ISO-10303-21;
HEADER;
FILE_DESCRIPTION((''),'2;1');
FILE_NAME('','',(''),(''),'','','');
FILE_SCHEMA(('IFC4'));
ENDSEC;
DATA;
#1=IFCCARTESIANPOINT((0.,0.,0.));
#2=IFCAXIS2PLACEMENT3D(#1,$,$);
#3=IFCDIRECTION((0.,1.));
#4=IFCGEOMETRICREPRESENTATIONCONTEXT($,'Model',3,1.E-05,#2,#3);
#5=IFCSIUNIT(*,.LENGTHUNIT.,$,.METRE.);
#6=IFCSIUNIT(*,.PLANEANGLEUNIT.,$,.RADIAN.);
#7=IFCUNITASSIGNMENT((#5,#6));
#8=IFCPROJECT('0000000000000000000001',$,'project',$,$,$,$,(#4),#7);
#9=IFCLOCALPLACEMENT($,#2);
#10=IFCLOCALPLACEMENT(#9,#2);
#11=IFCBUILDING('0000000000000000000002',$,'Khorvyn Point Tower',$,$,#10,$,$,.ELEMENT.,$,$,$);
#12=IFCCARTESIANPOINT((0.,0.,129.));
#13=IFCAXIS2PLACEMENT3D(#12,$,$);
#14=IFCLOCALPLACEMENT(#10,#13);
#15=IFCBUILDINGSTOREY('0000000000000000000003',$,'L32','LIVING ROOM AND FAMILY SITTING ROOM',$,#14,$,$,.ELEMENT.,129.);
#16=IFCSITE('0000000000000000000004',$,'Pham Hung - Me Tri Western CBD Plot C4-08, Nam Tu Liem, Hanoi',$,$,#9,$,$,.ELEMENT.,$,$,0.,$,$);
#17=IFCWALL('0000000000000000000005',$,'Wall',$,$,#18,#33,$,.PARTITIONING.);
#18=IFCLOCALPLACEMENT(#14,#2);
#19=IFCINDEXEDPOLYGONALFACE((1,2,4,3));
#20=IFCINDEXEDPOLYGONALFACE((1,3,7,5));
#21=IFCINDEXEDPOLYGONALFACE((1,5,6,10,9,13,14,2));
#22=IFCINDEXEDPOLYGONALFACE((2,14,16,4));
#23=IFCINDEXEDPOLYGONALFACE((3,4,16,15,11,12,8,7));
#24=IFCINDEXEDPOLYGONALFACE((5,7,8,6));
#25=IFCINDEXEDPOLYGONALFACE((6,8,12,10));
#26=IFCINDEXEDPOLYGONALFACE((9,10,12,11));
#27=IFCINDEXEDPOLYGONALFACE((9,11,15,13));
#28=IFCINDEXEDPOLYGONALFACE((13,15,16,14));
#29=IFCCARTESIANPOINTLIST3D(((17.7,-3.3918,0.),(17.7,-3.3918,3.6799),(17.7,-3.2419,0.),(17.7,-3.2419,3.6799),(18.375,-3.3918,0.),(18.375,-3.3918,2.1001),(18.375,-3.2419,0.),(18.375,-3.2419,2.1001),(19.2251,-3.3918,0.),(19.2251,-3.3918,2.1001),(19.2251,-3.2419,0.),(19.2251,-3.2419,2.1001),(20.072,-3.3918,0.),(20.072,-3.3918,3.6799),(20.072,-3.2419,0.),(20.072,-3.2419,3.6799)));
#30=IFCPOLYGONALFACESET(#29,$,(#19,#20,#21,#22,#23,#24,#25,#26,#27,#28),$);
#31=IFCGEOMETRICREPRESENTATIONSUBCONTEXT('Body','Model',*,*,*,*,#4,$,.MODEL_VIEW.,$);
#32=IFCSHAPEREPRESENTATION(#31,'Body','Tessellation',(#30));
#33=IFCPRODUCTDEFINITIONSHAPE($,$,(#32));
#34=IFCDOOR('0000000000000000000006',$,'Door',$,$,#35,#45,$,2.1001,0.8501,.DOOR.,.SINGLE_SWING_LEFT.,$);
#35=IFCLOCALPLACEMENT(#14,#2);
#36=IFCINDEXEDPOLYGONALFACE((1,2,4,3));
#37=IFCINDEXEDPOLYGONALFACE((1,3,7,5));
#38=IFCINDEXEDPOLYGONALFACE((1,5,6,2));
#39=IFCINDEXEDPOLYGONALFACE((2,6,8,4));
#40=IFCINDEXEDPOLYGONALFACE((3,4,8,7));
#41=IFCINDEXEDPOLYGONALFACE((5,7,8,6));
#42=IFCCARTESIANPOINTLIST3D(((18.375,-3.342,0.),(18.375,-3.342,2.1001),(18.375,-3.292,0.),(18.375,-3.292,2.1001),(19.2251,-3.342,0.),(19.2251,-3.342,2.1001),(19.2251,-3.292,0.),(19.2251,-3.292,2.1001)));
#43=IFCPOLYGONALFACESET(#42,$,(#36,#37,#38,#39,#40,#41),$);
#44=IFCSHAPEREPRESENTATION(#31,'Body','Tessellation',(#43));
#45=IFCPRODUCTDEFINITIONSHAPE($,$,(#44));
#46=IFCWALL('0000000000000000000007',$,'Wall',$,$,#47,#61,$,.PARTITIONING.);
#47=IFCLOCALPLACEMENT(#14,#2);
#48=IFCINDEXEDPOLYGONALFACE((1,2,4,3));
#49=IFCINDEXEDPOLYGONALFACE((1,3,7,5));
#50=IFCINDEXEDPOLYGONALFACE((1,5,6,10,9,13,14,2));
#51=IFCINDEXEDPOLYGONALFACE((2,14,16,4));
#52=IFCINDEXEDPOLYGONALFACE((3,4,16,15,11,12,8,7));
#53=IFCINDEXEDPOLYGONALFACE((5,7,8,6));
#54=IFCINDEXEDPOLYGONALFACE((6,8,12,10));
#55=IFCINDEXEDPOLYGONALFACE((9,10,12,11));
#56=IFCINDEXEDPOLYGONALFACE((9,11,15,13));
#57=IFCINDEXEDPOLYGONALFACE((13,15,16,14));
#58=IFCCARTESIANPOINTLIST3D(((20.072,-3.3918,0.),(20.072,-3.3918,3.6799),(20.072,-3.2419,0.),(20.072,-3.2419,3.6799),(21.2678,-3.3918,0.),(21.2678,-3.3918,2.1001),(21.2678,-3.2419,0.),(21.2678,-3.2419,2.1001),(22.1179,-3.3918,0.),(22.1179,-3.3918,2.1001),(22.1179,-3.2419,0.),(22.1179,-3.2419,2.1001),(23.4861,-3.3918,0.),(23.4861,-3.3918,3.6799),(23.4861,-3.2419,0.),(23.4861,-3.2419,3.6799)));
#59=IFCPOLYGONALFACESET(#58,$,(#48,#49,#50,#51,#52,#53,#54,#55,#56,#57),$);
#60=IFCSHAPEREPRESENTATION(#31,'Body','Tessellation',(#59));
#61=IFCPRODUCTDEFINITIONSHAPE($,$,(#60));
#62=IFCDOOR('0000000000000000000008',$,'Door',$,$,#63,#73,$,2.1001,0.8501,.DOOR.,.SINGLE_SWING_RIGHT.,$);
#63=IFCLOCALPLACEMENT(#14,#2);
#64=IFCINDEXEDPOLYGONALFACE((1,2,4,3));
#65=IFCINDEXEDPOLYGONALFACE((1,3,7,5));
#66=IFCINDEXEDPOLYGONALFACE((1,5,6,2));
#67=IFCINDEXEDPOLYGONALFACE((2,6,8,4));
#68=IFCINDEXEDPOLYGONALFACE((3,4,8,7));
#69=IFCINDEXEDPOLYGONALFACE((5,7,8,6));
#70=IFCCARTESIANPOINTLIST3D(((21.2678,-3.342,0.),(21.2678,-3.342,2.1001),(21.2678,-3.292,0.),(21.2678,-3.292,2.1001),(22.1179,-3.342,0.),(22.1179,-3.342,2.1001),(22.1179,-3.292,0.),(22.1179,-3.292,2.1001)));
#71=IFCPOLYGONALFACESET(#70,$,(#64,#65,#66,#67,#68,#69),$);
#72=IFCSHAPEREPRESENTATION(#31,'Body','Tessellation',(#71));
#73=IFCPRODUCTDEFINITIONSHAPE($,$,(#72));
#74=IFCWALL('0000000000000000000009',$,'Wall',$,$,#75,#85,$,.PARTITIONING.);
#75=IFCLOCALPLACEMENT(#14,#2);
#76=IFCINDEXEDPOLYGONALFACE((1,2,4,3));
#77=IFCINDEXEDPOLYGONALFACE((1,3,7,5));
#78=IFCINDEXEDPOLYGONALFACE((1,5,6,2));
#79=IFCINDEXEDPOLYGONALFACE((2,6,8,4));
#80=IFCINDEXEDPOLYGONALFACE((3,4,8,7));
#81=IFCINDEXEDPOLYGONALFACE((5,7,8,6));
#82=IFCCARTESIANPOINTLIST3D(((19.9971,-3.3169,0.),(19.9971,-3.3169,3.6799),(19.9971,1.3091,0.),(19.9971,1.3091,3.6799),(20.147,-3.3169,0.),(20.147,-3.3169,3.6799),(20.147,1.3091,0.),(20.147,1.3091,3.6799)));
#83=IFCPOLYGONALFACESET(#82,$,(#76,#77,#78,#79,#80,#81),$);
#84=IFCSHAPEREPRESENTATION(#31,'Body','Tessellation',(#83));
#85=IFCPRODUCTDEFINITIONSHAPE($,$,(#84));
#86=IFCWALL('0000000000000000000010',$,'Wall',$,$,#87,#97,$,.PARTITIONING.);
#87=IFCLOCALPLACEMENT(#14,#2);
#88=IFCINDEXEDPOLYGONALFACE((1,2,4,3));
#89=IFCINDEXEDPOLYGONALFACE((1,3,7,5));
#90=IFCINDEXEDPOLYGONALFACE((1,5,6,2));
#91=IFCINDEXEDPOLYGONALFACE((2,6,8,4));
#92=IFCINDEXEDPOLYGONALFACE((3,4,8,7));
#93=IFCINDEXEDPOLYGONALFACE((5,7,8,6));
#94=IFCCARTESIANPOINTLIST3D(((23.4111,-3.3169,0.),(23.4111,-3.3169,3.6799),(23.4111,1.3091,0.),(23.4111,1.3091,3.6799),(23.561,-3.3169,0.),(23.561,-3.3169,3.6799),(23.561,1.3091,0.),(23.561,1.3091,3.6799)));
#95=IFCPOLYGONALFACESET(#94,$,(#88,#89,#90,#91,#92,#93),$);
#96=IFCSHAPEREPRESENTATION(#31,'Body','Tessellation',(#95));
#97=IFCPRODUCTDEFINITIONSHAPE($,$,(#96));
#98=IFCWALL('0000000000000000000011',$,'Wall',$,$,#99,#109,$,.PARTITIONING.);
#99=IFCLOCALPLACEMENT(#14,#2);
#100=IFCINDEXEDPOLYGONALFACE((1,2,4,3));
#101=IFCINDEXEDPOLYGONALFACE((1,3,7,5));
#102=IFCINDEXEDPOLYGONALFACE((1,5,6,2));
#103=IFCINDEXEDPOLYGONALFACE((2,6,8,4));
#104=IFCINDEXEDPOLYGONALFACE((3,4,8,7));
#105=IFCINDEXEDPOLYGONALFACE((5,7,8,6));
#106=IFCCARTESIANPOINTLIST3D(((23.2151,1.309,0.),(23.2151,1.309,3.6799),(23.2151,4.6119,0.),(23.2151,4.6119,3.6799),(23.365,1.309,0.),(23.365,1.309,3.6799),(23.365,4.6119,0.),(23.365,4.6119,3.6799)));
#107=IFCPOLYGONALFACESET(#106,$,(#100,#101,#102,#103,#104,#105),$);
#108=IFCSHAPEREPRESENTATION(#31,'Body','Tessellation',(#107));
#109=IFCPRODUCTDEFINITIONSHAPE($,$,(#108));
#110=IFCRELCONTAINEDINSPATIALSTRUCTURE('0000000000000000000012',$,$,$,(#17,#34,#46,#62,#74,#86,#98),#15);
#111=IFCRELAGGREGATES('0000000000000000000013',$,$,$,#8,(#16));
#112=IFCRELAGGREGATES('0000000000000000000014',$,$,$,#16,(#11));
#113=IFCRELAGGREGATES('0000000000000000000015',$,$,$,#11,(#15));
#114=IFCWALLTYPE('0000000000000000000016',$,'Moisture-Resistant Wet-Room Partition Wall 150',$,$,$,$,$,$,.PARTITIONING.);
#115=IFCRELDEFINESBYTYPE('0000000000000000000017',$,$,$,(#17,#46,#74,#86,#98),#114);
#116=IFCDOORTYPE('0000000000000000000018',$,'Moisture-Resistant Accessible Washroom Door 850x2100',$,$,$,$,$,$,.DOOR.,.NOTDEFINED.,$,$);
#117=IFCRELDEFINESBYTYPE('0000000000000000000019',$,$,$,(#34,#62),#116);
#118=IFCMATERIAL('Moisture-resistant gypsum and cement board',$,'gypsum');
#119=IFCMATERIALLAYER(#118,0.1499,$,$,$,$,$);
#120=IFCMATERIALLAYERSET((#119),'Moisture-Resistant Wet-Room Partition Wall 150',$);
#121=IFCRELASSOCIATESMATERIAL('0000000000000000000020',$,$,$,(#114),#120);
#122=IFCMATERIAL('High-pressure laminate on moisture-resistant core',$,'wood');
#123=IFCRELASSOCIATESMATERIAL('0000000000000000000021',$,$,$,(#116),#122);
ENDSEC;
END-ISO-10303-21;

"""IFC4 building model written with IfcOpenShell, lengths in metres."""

from ifc_helpers import new_model, si_unit, direction, frame, frame_2d, origin, place, context, subcontext, project, spatial, rectangle, extrude, material, layer, layer_set, type_object, element, fill, save


model = new_model("IFC4")

# Units and contexts
model_context = context("Model", 3, precision=1e-05, world=origin(), true_north=direction((0.0, 1.0)))
body_context = subcontext(model_context, "Body", "Model", "MODEL_VIEW")
ifc_project = project(units=[si_unit("LENGTHUNIT", "METRE"), si_unit("PLANEANGLEUNIT", "RADIAN")], contexts=[model_context])

# Site, building, storey
site_placement = place(None, origin())
site = spatial("IfcSite", under=ifc_project, at=site_placement, Name="Pham Hung - Me Tri Western CBD Plot C4-08, Nam Tu Liem, Hanoi", CompositionType="ELEMENT", RefElevation=0.0)
building_placement = place(site_placement, origin())
building = spatial("IfcBuilding", under=site, at=building_placement, Name="Khorvyn Point Tower", CompositionType="ELEMENT")
storey_placement = place(building_placement, frame((0.0, 0.0, 129.0)))
storey = spatial("IfcBuildingStorey", under=building, at=storey_placement, Name="L32", Description="LIVING ROOM AND FAMILY SITTING ROOM", CompositionType="ELEMENT", Elevation=129.0)

# Walls, openings, doors
ifc_material_1 = material(Name="Moisture-resistant gypsum and cement board", Category="gypsum")
ifc_layer_1 = layer(ifc_material_1, 0.1499)
ifc_layer_set_1 = layer_set([ifc_layer_1], Name="Moisture-Resistant Wet-Room Partition Wall 150")
wall_type_1 = type_object("IfcWallType", Name="Moisture-Resistant Wet-Room Partition Wall 150", PredefinedType="PARTITIONING", material=ifc_layer_set_1)
wall_1_placement = place(storey_placement, frame((17.7, -3.3169, 0.0), z_axis=(0.0, 0.0, 1.0), x_axis=(1.0, 0.0, 0.0)))
wall_1 = element("IfcWall", 1, at=wall_1_placement, inside=storey, type_object=wall_type_1, Name="Wall", PredefinedType="PARTITIONING", context=body_context, shape_type="SweptSolid", body=[
    extrude(rectangle(XDim=2.3721, YDim=0.1499, at=frame_2d((1.186, 0.0))), origin(), (0.0, 0.0, 1.0), 3.6799),
])
opening_1_placement = place(wall_1_placement, frame((0.675, 0.0, 0.0)))
opening_1 = element("IfcOpeningElement", 2, at=opening_1_placement, cuts=wall_1, PredefinedType="OPENING", context=body_context, shape_type="SweptSolid", body=[
    extrude(rectangle(XDim=0.8501, YDim=2.1001, at=frame_2d((0.425, 1.05))), frame((0.0, 0.085, 0.0), z_axis=(0.0, -1.0, 0.0), x_axis=(1.0, 0.0, 0.0)), (0.0, 0.0, 1.0), 0.1699),
])
ifc_material_2 = material(Name="High-pressure laminate on moisture-resistant core", Category="wood")
door_type_1 = type_object("IfcDoorType", Name="Moisture-Resistant Accessible Washroom Door 850x2100", OperationType="NOTDEFINED", PredefinedType="DOOR", material=ifc_material_2)
door_1_placement = place(opening_1_placement, origin())
door_1 = element("IfcDoor", 3, at=door_1_placement, inside=storey, type_object=door_type_1, Name="Door", OperationType="SINGLE_SWING_LEFT", OverallHeight=2.1001, OverallWidth=0.8501, PredefinedType="DOOR", context=body_context, shape_type="SweptSolid", body=[
    extrude(rectangle(XDim=0.8501, YDim=2.1001, at=frame_2d((0.425, 1.05))), frame((0.0, 0.0249, 0.0), z_axis=(0.0, -1.0, 0.0), x_axis=(1.0, 0.0, 0.0)), (0.0, 0.0, 1.0), 0.05),
])
fill(opening_1, door_1)
wall_2_placement = place(storey_placement, frame((20.072, -3.3169, 0.0), z_axis=(0.0, 0.0, 1.0), x_axis=(1.0, 0.0, 0.0)))
wall_2 = element("IfcWall", 4, at=wall_2_placement, inside=storey, type_object=wall_type_1, Name="Wall", PredefinedType="PARTITIONING", context=body_context, shape_type="SweptSolid", body=[
    extrude(rectangle(XDim=3.4141, YDim=0.1499, at=frame_2d((1.707, 0.0))), origin(), (0.0, 0.0, 1.0), 3.6799),
])
opening_2_placement = place(wall_2_placement, frame((1.1958, 0.0, 0.0)))
opening_2 = element("IfcOpeningElement", 5, at=opening_2_placement, cuts=wall_2, PredefinedType="OPENING", context=body_context, shape_type="SweptSolid", body=[
    extrude(rectangle(XDim=0.8501, YDim=2.1001, at=frame_2d((0.425, 1.05))), frame((0.0, 0.085, 0.0), z_axis=(0.0, -1.0, 0.0), x_axis=(1.0, 0.0, 0.0)), (0.0, 0.0, 1.0), 0.1699),
])
door_2_placement = place(opening_2_placement, origin())
door_2 = element("IfcDoor", 6, at=door_2_placement, inside=storey, type_object=door_type_1, Name="Door", OperationType="SINGLE_SWING_RIGHT", OverallHeight=2.1001, OverallWidth=0.8501, PredefinedType="DOOR", context=body_context, shape_type="SweptSolid", body=[
    extrude(rectangle(XDim=0.8501, YDim=2.1001, at=frame_2d((0.425, 1.05))), frame((0.0, 0.0249, 0.0), z_axis=(0.0, -1.0, 0.0), x_axis=(1.0, 0.0, 0.0)), (0.0, 0.0, 1.0), 0.05),
])
fill(opening_2, door_2)

# Walls
for number, where, z_axis, x_axis, name in (
    (7, (20.072, -3.3169, 0.0), (0.0, 0.0, 1.0), (0.0, 1.0, 0.0), "Wall"),
    (8, (23.4861, -3.3169, 0.0), (0.0, 0.0, 1.0), (0.0, 1.0, 0.0), "Wall"),
):
    element("IfcWall", number, at=place(storey_placement, frame(where, z_axis=z_axis, x_axis=x_axis)), inside=storey, type_object=wall_type_1, Name=name, PredefinedType="PARTITIONING", context=body_context, shape_type="SweptSolid", body=[
        extrude(rectangle(XDim=4.626, YDim=0.1499, at=frame_2d((2.313, 0.0))), origin(), (0.0, 0.0, 1.0), 3.6799),
    ])
wall_3_placement = place(storey_placement, frame((23.29, 1.3091, 0.0), z_axis=(0.0, 0.0, 1.0), x_axis=(0.0, 1.0, 0.0)))
element("IfcWall", 9, at=wall_3_placement, inside=storey, type_object=wall_type_1, Name="Wall", PredefinedType="PARTITIONING", context=body_context, shape_type="SweptSolid", body=[
    extrude(rectangle(XDim=3.303, YDim=0.1499, at=frame_2d((1.6514, 0.0))), origin(), (0.0, 0.0, 1.0), 3.6799),
])

save(model, "model.ifc")
